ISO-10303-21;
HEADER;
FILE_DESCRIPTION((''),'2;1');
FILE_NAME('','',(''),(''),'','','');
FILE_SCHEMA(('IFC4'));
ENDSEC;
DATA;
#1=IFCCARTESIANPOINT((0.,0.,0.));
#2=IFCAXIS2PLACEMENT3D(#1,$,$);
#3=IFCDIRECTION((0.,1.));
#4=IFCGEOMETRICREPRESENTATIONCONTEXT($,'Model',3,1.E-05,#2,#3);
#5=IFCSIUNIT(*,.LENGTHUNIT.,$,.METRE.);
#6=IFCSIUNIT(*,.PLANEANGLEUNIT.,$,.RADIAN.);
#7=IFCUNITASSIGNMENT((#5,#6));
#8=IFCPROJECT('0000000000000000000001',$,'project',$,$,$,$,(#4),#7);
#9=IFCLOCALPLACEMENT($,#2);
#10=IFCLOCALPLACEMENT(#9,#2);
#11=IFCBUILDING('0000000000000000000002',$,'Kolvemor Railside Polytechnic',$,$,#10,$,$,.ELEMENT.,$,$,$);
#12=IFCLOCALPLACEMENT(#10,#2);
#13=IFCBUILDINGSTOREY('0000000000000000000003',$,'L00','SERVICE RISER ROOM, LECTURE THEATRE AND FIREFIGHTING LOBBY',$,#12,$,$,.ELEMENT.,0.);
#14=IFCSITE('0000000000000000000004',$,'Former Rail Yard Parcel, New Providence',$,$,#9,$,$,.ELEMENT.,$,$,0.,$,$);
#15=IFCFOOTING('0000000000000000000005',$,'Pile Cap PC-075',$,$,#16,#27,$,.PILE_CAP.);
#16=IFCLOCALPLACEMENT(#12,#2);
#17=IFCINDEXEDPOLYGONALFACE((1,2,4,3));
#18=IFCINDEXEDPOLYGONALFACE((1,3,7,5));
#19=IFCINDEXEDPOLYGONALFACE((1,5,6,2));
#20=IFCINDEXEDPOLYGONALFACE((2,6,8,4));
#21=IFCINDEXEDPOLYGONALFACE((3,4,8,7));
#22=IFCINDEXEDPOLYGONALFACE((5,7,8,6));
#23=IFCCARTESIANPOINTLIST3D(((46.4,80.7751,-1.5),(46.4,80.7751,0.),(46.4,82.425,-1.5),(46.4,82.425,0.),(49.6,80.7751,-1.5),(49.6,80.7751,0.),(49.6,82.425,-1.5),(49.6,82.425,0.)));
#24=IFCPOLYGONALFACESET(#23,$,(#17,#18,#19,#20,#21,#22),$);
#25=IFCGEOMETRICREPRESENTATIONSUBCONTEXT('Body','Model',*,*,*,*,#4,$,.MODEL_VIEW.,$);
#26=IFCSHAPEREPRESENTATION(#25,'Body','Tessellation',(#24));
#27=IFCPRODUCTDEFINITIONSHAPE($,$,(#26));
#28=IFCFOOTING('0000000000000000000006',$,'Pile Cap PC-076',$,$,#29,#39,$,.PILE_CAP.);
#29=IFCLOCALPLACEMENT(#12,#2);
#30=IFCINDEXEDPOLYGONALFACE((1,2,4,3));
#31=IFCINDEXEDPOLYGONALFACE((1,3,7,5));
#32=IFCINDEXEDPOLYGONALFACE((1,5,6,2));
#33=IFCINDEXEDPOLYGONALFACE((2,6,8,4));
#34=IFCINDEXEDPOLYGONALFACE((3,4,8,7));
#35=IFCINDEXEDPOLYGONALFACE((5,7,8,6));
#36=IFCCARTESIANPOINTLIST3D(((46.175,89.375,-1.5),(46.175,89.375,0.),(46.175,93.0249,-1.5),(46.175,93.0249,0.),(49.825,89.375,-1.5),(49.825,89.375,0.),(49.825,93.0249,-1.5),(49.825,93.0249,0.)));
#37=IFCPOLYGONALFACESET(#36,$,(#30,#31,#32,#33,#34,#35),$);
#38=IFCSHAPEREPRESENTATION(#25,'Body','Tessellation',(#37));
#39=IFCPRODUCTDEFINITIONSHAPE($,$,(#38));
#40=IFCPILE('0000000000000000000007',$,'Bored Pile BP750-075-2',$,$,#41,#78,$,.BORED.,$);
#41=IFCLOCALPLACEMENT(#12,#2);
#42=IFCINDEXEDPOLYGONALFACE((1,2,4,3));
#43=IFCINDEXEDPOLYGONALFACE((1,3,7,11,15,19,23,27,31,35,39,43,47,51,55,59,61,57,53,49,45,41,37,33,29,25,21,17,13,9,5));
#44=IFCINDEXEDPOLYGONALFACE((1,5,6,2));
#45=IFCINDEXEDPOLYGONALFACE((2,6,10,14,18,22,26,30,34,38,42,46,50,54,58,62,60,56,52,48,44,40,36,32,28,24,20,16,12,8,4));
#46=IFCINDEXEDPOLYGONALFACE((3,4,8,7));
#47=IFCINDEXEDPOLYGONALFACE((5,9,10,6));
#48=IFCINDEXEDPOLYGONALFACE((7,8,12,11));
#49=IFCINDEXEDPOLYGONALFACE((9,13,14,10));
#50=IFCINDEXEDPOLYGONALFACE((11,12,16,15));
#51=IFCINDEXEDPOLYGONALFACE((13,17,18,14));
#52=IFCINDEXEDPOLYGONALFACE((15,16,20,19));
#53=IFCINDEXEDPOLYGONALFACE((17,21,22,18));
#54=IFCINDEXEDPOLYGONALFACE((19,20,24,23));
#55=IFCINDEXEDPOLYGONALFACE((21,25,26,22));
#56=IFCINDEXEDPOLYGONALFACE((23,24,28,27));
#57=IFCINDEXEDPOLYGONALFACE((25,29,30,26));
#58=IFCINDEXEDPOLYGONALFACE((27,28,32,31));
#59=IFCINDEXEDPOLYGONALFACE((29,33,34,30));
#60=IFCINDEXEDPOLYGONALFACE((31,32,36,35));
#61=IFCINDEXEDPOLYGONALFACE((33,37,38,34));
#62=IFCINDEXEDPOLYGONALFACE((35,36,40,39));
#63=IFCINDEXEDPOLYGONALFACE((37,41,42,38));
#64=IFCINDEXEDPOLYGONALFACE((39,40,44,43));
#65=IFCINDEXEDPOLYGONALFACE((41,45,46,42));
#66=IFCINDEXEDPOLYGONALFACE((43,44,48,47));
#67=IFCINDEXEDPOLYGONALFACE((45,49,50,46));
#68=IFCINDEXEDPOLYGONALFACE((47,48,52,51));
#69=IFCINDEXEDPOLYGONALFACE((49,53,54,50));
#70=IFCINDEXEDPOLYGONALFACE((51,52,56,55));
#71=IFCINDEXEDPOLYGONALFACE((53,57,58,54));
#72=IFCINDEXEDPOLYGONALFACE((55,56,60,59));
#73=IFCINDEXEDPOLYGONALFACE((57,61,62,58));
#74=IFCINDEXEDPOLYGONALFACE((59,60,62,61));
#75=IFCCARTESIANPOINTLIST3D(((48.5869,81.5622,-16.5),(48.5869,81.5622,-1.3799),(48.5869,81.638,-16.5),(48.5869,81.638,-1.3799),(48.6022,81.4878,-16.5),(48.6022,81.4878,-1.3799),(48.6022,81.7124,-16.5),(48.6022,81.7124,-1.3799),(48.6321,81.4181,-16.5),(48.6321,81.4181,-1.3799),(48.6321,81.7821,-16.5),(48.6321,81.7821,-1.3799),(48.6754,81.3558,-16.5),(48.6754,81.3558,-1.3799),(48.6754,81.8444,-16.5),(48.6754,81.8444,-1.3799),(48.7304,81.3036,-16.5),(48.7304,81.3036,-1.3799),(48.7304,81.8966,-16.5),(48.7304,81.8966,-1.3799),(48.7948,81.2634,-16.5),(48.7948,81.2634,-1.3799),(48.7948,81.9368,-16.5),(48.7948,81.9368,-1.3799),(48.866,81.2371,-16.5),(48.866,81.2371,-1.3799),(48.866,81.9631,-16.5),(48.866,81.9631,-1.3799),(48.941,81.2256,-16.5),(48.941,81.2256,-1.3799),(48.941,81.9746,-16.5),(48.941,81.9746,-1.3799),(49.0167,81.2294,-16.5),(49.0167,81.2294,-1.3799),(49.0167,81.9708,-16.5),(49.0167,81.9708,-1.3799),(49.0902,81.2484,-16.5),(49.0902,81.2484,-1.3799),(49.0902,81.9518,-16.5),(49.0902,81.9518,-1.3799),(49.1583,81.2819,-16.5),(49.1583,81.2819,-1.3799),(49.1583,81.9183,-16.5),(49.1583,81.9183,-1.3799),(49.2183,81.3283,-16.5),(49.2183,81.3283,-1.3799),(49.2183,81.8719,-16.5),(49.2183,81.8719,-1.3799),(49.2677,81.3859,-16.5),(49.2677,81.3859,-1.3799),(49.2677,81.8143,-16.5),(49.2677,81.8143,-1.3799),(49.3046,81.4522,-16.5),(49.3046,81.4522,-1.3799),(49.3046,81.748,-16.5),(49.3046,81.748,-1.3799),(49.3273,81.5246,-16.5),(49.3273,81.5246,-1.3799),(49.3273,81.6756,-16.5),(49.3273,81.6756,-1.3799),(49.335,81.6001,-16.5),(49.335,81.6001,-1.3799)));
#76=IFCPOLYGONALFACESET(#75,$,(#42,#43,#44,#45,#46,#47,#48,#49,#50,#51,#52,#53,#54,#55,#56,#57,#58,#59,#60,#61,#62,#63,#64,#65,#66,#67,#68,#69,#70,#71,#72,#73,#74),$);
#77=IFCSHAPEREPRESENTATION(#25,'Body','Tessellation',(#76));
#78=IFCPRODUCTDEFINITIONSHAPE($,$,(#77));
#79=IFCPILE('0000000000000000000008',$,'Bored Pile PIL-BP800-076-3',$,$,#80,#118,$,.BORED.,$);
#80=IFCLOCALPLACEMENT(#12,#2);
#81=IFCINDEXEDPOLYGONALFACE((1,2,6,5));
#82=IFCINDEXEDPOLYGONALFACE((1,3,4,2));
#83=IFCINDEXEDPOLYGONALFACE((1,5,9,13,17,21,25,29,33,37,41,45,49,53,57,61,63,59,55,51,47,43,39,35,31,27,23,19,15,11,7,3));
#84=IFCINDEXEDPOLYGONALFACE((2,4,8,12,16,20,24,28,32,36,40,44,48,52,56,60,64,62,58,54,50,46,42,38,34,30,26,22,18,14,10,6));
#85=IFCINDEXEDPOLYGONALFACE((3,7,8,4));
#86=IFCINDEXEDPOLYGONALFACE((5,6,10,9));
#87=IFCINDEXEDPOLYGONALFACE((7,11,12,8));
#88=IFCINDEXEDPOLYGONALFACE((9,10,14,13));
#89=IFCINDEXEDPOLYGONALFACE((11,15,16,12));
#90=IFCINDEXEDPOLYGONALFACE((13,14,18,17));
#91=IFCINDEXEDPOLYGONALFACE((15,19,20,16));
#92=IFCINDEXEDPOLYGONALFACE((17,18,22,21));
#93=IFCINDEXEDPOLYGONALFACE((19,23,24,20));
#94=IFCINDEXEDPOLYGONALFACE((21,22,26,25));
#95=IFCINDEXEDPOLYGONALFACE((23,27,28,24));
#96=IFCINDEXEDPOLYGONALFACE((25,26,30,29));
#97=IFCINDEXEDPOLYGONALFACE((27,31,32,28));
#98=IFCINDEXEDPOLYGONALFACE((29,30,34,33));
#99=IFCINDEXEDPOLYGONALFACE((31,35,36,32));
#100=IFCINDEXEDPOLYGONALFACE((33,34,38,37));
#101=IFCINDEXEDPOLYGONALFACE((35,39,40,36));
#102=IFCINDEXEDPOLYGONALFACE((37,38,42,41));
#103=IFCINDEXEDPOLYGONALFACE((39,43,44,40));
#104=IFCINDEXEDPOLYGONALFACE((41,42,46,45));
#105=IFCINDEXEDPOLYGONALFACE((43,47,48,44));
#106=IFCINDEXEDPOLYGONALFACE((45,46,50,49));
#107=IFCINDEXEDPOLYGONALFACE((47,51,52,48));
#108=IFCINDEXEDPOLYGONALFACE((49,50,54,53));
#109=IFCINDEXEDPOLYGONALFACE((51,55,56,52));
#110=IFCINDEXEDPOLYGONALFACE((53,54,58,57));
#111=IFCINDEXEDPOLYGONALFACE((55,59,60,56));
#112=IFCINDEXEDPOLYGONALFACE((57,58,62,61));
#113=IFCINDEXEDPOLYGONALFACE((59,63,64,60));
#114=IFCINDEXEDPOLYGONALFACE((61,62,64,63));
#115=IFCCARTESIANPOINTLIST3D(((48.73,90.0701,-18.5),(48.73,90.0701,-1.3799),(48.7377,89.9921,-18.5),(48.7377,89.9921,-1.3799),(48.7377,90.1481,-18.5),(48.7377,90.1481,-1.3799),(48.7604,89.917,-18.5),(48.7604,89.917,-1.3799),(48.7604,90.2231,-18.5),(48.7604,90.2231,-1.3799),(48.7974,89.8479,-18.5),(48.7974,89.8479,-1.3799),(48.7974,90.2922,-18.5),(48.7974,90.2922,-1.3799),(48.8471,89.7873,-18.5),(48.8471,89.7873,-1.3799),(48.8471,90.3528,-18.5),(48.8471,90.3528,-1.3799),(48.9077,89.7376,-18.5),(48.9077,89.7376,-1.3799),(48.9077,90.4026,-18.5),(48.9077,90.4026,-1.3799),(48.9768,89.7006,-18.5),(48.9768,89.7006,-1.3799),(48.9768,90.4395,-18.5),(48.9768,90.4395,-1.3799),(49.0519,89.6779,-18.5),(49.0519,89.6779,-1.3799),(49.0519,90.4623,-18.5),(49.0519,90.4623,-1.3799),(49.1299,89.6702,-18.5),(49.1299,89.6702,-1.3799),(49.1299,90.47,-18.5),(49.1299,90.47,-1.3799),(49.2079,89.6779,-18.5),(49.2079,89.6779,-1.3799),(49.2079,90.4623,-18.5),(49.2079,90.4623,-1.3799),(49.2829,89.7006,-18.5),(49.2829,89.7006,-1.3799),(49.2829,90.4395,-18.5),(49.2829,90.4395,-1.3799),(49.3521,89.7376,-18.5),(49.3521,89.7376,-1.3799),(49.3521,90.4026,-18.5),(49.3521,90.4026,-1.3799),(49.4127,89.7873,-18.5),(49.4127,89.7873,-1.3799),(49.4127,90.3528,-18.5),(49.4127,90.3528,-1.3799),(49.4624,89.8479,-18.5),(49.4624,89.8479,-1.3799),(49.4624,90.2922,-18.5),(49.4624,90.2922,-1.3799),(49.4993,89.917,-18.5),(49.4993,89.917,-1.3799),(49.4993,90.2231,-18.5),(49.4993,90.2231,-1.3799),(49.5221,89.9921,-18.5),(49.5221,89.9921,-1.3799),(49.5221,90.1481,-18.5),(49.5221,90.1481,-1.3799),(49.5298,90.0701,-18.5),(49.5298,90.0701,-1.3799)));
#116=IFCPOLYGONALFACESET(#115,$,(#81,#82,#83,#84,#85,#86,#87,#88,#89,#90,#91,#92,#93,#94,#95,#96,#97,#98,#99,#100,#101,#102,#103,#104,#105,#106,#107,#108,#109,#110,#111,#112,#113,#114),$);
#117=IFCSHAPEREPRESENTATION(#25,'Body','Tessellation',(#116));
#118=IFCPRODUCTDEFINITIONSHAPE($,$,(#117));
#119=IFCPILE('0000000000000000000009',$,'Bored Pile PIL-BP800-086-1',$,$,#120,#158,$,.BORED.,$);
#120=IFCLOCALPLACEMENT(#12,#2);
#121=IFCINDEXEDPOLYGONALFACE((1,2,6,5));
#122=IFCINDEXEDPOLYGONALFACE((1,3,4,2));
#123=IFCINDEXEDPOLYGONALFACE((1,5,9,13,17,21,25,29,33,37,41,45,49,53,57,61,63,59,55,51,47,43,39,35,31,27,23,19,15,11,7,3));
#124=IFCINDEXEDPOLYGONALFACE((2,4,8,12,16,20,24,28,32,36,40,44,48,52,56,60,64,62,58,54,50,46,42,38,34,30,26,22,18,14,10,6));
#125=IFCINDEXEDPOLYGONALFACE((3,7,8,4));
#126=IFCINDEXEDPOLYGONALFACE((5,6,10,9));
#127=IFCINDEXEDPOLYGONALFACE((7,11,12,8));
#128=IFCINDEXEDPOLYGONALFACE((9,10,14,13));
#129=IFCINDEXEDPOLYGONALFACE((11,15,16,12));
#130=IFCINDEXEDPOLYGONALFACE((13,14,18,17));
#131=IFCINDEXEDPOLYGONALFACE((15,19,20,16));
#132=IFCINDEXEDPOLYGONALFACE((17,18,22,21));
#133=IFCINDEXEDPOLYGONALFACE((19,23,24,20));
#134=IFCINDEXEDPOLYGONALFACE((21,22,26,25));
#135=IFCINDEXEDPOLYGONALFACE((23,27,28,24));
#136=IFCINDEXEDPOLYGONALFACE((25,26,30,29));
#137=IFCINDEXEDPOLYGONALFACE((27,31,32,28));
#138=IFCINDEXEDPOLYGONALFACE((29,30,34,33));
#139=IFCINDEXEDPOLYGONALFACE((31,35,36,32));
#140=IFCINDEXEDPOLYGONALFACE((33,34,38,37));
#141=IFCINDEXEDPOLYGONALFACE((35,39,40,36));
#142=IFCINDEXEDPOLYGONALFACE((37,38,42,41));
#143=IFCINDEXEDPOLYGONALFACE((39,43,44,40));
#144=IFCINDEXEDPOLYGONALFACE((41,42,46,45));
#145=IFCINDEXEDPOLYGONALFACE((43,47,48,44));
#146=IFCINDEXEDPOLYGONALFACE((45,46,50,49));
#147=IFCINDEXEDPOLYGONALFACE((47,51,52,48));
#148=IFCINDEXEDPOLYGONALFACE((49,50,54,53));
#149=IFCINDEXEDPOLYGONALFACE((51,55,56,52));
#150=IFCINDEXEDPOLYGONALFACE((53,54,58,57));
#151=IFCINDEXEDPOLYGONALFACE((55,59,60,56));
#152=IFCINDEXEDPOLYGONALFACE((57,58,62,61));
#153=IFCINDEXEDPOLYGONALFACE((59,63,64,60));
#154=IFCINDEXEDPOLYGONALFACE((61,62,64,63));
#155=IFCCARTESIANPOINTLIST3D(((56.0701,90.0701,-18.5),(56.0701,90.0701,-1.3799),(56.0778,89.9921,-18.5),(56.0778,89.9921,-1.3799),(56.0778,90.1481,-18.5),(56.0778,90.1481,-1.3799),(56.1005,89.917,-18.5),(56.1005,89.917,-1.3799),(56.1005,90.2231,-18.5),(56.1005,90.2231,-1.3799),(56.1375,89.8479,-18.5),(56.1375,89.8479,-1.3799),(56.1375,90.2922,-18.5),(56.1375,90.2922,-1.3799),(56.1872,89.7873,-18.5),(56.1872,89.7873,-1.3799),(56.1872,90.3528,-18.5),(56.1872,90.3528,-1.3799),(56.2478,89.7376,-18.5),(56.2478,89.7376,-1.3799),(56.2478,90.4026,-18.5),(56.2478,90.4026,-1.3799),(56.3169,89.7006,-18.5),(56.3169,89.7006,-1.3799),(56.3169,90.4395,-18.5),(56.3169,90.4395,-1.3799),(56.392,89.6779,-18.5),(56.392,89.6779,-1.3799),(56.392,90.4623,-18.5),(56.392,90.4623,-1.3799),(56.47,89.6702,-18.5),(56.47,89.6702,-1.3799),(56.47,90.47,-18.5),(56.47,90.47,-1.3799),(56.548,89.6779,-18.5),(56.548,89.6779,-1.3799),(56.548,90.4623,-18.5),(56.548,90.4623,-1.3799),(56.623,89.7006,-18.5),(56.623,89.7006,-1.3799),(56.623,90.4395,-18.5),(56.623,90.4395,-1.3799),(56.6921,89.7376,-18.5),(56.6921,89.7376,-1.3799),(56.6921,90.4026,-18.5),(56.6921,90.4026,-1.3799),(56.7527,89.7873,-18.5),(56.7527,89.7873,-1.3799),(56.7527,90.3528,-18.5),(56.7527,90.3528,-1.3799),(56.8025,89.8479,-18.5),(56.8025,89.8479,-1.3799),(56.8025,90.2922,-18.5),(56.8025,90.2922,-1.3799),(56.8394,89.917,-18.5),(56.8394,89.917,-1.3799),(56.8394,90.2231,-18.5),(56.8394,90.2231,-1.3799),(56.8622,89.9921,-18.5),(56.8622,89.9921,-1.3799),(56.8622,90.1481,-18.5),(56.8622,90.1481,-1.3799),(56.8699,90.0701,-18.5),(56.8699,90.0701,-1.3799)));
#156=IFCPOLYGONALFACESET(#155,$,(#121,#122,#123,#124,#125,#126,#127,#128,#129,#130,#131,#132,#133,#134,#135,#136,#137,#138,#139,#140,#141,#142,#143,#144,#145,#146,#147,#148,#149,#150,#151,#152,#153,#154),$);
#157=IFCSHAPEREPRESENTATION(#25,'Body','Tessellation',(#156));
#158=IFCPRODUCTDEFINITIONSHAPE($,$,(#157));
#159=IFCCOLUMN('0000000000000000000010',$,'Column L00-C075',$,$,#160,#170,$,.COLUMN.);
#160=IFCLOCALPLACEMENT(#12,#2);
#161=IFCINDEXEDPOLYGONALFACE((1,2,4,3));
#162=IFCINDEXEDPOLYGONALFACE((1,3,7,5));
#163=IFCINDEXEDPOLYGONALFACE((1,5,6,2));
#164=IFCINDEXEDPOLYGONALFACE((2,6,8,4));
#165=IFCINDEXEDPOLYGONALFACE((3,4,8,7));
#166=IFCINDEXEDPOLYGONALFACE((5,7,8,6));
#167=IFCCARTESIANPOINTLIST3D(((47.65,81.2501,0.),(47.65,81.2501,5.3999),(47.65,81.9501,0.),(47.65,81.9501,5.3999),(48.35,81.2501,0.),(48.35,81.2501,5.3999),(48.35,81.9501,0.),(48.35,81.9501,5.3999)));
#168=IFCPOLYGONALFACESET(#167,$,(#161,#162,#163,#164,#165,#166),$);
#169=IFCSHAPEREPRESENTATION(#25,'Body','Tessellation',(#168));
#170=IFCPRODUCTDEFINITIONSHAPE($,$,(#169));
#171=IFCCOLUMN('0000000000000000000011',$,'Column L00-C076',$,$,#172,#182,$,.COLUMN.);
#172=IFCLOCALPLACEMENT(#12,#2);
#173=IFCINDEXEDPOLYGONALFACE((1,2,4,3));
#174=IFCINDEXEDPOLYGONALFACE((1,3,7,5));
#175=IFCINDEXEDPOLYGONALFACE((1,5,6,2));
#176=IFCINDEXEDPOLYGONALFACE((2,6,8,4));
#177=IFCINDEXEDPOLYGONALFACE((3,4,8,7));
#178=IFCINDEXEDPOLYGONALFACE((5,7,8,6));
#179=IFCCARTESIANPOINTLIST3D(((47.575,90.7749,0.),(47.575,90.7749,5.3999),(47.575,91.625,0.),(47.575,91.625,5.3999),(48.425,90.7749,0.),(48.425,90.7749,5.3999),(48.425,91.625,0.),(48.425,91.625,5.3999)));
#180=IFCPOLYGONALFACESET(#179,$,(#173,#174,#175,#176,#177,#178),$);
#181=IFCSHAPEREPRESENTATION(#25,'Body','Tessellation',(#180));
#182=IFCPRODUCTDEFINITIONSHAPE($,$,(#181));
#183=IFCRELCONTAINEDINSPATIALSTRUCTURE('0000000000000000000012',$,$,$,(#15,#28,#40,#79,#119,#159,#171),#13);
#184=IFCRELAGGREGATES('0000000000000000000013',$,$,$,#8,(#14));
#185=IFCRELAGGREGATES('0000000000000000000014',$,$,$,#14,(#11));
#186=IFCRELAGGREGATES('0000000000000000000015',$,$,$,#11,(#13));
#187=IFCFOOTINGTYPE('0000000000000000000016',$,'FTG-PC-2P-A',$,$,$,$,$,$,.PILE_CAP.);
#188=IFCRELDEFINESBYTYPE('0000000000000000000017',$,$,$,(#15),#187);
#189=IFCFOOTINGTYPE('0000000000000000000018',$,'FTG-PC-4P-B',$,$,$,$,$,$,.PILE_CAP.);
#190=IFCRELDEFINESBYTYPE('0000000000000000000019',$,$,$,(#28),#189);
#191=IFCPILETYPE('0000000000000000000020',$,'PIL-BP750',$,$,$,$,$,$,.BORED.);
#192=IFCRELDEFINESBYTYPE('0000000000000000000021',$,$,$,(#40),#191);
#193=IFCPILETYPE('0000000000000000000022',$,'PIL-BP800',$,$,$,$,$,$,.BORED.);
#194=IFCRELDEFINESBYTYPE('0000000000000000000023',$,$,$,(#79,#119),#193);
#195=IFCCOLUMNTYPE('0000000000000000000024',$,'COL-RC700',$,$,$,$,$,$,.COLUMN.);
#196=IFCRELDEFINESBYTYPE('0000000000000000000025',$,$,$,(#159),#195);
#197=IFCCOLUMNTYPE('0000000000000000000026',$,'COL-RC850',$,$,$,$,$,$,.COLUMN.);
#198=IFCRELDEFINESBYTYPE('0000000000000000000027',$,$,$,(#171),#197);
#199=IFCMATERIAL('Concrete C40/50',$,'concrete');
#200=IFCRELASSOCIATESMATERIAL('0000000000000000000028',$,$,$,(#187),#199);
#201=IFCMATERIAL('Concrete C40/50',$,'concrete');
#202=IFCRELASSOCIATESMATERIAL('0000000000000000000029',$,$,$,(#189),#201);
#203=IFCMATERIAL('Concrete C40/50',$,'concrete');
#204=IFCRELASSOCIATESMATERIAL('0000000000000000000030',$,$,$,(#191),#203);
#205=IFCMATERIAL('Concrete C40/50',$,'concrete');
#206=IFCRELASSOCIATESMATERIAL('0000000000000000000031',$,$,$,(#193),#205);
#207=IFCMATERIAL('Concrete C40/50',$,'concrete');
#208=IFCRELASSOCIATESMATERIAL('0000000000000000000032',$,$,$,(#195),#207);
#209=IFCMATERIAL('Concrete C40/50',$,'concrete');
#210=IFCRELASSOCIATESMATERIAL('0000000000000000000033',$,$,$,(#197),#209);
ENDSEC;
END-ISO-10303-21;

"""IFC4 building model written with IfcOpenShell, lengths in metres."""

from ifc_helpers import new_model, si_unit, direction, frame, origin, origin_2d, place, context, subcontext, project, spatial, rectangle, circle, extrude, material, material_profile, profile_set, type_object, element, save


model = new_model("IFC4")

# Units and contexts
model_context = context("Model", 3, precision=1e-05, world=origin(), true_north=direction((0.0, 1.0)))
body_context = subcontext(model_context, "Body", "Model", "MODEL_VIEW")
ifc_project = project(units=[si_unit("LENGTHUNIT", "METRE"), si_unit("PLANEANGLEUNIT", "RADIAN")], contexts=[model_context])

# Site, building, storey
site_placement = place(None, origin())
site = spatial("IfcSite", under=ifc_project, at=site_placement, Name="Former Rail Yard Parcel, New Providence", CompositionType="ELEMENT", RefElevation=0.0)
building_placement = place(site_placement, origin())
building = spatial("IfcBuilding", under=site, at=building_placement, Name="Kolvemor Railside Polytechnic", CompositionType="ELEMENT")
storey_placement = place(building_placement, origin())
storey = spatial("IfcBuildingStorey", under=building, at=storey_placement, Name="L00", Description="SERVICE RISER ROOM, LECTURE THEATRE AND FIREFIGHTING LOBBY", CompositionType="ELEMENT", Elevation=0.0)

# Footings
ifc_material_1 = material(Name="Concrete C40/50", Category="concrete")
footing_type_1 = type_object("IfcFootingType", Name="FTG-PC-2P-A", PredefinedType="PILE_CAP", material=ifc_material_1)
footing_1_placement = place(storey_placement, frame((48.0, 81.6001, -1.5), z_axis=(0.0, 0.0, 1.0), x_axis=(1.0, 0.0, 0.0)))
element("IfcFooting", 1, at=footing_1_placement, inside=storey, type_object=footing_type_1, Name="Pile Cap PC-075", PredefinedType="PILE_CAP", context=body_context, shape_type="SweptSolid", body=[
    extrude(rectangle(XDim=3.2, YDim=1.6499, at=origin_2d()), origin(), (0.0, 0.0, 1.0), 1.5),
])
ifc_material_2 = material(Name="Concrete C40/50", Category="concrete")
footing_type_2 = type_object("IfcFootingType", Name="FTG-PC-4P-B", PredefinedType="PILE_CAP", material=ifc_material_2)
footing_2_placement = place(storey_placement, frame((48.0, 91.2, -1.5), z_axis=(0.0, 0.0, 1.0), x_axis=(1.0, 0.0, 0.0)))
element("IfcFooting", 2, at=footing_2_placement, inside=storey, type_object=footing_type_2, Name="Pile Cap PC-076", PredefinedType="PILE_CAP", context=body_context, shape_type="SweptSolid", body=[
    extrude(rectangle(XDim=3.6499, YDim=3.6499, at=origin_2d()), origin(), (0.0, 0.0, 1.0), 1.5),
])

# Piles
ifc_material_3 = material(Name="Concrete C40/50", Category="concrete")
ifc_material_profile_1 = material_profile(ifc_material_3, circle(Radius=0.375, at=origin_2d()), Name="BP750")
ifc_profile_set_1 = profile_set([ifc_material_profile_1], Name="Concrete C40/50")
pile_type_1 = type_object("IfcPileType", Name="PIL-BP750", PredefinedType="BORED", material=ifc_profile_set_1)
pile_placement = place(storey_placement, frame((48.96, 81.6001, -1.3799), z_axis=(0.0, 0.0, -1.0), x_axis=(1.0, 0.0, 0.0)))
element("IfcPile", 3, at=pile_placement, inside=storey, type_object=pile_type_1, Name="Bored Pile BP750-075-2", PredefinedType="BORED", context=body_context, shape_type="SweptSolid", body=[
    extrude(circle(Radius=0.375, at=origin_2d()), origin(), (0.0, 0.0, 1.0), 15.1201),
])
ifc_material_4 = material(Name="Concrete C40/50", Category="concrete")
ifc_material_profile_2 = material_profile(ifc_material_4, circle(Radius=0.3999, at=origin_2d()), Name="BP800")
ifc_profile_set_2 = profile_set([ifc_material_profile_2], Name="Concrete C40/50")
pile_type_2 = type_object("IfcPileType", Name="PIL-BP800", PredefinedType="BORED", material=ifc_profile_set_2)
for number, where, z_axis, x_axis, name in (
    (4, (49.1299, 90.0701, -1.3799), (0.0, 0.0, -1.0), (1.0, 0.0, 0.0), "Bored Pile PIL-BP800-076-3"),
    (5, (56.47, 90.0701, -1.3799), (0.0, 0.0, -1.0), (1.0, 0.0, 0.0), "Bored Pile PIL-BP800-086-1"),
):
    element("IfcPile", number, at=place(storey_placement, frame(where, z_axis=z_axis, x_axis=x_axis)), inside=storey, type_object=pile_type_2, Name=name, PredefinedType="BORED", context=body_context, shape_type="SweptSolid", body=[
        extrude(circle(Radius=0.3999, at=origin_2d()), origin(), (0.0, 0.0, 1.0), 17.1201),
    ])

# Columns
ifc_material_5 = material(Name="Concrete C40/50", Category="concrete")
ifc_material_profile_3 = material_profile(ifc_material_5, rectangle(XDim=0.7, YDim=0.7, at=origin_2d()), Name="RC700x700")
ifc_profile_set_3 = profile_set([ifc_material_profile_3], Name="Concrete C40/50")
column_type_1 = type_object("IfcColumnType", Name="COL-RC700", PredefinedType="COLUMN", material=ifc_profile_set_3)
column_1_placement = place(storey_placement, frame((48.0, 81.6001, 0.0), z_axis=(0.0, 0.0, 1.0), x_axis=(1.0, 0.0, 0.0)))
element("IfcColumn", 6, at=column_1_placement, inside=storey, type_object=column_type_1, Name="Column L00-C075", PredefinedType="COLUMN", context=body_context, shape_type="SweptSolid", body=[
    extrude(rectangle(XDim=0.7, YDim=0.7, at=origin_2d()), origin(), (0.0, 0.0, 1.0), 5.3999),
])
ifc_material_6 = material(Name="Concrete C40/50", Category="concrete")
ifc_material_profile_4 = material_profile(ifc_material_6, rectangle(XDim=0.8501, YDim=0.8501, at=origin_2d()), Name="RC850x850")
ifc_profile_set_4 = profile_set([ifc_material_profile_4], Name="Concrete C40/50")
column_type_2 = type_object("IfcColumnType", Name="COL-RC850", PredefinedType="COLUMN", material=ifc_profile_set_4)
column_2_placement = place(storey_placement, frame((48.0, 91.2, 0.0), z_axis=(0.0, 0.0, 1.0), x_axis=(1.0, 0.0, 0.0)))
element("IfcColumn", 7, at=column_2_placement, inside=storey, type_object=column_type_2, Name="Column L00-C076", PredefinedType="COLUMN", context=body_context, shape_type="SweptSolid", body=[
    extrude(rectangle(XDim=0.8501, YDim=0.8501, at=origin_2d()), origin(), (0.0, 0.0, 1.0), 5.3999),
])

save(model, "model.ifc")
